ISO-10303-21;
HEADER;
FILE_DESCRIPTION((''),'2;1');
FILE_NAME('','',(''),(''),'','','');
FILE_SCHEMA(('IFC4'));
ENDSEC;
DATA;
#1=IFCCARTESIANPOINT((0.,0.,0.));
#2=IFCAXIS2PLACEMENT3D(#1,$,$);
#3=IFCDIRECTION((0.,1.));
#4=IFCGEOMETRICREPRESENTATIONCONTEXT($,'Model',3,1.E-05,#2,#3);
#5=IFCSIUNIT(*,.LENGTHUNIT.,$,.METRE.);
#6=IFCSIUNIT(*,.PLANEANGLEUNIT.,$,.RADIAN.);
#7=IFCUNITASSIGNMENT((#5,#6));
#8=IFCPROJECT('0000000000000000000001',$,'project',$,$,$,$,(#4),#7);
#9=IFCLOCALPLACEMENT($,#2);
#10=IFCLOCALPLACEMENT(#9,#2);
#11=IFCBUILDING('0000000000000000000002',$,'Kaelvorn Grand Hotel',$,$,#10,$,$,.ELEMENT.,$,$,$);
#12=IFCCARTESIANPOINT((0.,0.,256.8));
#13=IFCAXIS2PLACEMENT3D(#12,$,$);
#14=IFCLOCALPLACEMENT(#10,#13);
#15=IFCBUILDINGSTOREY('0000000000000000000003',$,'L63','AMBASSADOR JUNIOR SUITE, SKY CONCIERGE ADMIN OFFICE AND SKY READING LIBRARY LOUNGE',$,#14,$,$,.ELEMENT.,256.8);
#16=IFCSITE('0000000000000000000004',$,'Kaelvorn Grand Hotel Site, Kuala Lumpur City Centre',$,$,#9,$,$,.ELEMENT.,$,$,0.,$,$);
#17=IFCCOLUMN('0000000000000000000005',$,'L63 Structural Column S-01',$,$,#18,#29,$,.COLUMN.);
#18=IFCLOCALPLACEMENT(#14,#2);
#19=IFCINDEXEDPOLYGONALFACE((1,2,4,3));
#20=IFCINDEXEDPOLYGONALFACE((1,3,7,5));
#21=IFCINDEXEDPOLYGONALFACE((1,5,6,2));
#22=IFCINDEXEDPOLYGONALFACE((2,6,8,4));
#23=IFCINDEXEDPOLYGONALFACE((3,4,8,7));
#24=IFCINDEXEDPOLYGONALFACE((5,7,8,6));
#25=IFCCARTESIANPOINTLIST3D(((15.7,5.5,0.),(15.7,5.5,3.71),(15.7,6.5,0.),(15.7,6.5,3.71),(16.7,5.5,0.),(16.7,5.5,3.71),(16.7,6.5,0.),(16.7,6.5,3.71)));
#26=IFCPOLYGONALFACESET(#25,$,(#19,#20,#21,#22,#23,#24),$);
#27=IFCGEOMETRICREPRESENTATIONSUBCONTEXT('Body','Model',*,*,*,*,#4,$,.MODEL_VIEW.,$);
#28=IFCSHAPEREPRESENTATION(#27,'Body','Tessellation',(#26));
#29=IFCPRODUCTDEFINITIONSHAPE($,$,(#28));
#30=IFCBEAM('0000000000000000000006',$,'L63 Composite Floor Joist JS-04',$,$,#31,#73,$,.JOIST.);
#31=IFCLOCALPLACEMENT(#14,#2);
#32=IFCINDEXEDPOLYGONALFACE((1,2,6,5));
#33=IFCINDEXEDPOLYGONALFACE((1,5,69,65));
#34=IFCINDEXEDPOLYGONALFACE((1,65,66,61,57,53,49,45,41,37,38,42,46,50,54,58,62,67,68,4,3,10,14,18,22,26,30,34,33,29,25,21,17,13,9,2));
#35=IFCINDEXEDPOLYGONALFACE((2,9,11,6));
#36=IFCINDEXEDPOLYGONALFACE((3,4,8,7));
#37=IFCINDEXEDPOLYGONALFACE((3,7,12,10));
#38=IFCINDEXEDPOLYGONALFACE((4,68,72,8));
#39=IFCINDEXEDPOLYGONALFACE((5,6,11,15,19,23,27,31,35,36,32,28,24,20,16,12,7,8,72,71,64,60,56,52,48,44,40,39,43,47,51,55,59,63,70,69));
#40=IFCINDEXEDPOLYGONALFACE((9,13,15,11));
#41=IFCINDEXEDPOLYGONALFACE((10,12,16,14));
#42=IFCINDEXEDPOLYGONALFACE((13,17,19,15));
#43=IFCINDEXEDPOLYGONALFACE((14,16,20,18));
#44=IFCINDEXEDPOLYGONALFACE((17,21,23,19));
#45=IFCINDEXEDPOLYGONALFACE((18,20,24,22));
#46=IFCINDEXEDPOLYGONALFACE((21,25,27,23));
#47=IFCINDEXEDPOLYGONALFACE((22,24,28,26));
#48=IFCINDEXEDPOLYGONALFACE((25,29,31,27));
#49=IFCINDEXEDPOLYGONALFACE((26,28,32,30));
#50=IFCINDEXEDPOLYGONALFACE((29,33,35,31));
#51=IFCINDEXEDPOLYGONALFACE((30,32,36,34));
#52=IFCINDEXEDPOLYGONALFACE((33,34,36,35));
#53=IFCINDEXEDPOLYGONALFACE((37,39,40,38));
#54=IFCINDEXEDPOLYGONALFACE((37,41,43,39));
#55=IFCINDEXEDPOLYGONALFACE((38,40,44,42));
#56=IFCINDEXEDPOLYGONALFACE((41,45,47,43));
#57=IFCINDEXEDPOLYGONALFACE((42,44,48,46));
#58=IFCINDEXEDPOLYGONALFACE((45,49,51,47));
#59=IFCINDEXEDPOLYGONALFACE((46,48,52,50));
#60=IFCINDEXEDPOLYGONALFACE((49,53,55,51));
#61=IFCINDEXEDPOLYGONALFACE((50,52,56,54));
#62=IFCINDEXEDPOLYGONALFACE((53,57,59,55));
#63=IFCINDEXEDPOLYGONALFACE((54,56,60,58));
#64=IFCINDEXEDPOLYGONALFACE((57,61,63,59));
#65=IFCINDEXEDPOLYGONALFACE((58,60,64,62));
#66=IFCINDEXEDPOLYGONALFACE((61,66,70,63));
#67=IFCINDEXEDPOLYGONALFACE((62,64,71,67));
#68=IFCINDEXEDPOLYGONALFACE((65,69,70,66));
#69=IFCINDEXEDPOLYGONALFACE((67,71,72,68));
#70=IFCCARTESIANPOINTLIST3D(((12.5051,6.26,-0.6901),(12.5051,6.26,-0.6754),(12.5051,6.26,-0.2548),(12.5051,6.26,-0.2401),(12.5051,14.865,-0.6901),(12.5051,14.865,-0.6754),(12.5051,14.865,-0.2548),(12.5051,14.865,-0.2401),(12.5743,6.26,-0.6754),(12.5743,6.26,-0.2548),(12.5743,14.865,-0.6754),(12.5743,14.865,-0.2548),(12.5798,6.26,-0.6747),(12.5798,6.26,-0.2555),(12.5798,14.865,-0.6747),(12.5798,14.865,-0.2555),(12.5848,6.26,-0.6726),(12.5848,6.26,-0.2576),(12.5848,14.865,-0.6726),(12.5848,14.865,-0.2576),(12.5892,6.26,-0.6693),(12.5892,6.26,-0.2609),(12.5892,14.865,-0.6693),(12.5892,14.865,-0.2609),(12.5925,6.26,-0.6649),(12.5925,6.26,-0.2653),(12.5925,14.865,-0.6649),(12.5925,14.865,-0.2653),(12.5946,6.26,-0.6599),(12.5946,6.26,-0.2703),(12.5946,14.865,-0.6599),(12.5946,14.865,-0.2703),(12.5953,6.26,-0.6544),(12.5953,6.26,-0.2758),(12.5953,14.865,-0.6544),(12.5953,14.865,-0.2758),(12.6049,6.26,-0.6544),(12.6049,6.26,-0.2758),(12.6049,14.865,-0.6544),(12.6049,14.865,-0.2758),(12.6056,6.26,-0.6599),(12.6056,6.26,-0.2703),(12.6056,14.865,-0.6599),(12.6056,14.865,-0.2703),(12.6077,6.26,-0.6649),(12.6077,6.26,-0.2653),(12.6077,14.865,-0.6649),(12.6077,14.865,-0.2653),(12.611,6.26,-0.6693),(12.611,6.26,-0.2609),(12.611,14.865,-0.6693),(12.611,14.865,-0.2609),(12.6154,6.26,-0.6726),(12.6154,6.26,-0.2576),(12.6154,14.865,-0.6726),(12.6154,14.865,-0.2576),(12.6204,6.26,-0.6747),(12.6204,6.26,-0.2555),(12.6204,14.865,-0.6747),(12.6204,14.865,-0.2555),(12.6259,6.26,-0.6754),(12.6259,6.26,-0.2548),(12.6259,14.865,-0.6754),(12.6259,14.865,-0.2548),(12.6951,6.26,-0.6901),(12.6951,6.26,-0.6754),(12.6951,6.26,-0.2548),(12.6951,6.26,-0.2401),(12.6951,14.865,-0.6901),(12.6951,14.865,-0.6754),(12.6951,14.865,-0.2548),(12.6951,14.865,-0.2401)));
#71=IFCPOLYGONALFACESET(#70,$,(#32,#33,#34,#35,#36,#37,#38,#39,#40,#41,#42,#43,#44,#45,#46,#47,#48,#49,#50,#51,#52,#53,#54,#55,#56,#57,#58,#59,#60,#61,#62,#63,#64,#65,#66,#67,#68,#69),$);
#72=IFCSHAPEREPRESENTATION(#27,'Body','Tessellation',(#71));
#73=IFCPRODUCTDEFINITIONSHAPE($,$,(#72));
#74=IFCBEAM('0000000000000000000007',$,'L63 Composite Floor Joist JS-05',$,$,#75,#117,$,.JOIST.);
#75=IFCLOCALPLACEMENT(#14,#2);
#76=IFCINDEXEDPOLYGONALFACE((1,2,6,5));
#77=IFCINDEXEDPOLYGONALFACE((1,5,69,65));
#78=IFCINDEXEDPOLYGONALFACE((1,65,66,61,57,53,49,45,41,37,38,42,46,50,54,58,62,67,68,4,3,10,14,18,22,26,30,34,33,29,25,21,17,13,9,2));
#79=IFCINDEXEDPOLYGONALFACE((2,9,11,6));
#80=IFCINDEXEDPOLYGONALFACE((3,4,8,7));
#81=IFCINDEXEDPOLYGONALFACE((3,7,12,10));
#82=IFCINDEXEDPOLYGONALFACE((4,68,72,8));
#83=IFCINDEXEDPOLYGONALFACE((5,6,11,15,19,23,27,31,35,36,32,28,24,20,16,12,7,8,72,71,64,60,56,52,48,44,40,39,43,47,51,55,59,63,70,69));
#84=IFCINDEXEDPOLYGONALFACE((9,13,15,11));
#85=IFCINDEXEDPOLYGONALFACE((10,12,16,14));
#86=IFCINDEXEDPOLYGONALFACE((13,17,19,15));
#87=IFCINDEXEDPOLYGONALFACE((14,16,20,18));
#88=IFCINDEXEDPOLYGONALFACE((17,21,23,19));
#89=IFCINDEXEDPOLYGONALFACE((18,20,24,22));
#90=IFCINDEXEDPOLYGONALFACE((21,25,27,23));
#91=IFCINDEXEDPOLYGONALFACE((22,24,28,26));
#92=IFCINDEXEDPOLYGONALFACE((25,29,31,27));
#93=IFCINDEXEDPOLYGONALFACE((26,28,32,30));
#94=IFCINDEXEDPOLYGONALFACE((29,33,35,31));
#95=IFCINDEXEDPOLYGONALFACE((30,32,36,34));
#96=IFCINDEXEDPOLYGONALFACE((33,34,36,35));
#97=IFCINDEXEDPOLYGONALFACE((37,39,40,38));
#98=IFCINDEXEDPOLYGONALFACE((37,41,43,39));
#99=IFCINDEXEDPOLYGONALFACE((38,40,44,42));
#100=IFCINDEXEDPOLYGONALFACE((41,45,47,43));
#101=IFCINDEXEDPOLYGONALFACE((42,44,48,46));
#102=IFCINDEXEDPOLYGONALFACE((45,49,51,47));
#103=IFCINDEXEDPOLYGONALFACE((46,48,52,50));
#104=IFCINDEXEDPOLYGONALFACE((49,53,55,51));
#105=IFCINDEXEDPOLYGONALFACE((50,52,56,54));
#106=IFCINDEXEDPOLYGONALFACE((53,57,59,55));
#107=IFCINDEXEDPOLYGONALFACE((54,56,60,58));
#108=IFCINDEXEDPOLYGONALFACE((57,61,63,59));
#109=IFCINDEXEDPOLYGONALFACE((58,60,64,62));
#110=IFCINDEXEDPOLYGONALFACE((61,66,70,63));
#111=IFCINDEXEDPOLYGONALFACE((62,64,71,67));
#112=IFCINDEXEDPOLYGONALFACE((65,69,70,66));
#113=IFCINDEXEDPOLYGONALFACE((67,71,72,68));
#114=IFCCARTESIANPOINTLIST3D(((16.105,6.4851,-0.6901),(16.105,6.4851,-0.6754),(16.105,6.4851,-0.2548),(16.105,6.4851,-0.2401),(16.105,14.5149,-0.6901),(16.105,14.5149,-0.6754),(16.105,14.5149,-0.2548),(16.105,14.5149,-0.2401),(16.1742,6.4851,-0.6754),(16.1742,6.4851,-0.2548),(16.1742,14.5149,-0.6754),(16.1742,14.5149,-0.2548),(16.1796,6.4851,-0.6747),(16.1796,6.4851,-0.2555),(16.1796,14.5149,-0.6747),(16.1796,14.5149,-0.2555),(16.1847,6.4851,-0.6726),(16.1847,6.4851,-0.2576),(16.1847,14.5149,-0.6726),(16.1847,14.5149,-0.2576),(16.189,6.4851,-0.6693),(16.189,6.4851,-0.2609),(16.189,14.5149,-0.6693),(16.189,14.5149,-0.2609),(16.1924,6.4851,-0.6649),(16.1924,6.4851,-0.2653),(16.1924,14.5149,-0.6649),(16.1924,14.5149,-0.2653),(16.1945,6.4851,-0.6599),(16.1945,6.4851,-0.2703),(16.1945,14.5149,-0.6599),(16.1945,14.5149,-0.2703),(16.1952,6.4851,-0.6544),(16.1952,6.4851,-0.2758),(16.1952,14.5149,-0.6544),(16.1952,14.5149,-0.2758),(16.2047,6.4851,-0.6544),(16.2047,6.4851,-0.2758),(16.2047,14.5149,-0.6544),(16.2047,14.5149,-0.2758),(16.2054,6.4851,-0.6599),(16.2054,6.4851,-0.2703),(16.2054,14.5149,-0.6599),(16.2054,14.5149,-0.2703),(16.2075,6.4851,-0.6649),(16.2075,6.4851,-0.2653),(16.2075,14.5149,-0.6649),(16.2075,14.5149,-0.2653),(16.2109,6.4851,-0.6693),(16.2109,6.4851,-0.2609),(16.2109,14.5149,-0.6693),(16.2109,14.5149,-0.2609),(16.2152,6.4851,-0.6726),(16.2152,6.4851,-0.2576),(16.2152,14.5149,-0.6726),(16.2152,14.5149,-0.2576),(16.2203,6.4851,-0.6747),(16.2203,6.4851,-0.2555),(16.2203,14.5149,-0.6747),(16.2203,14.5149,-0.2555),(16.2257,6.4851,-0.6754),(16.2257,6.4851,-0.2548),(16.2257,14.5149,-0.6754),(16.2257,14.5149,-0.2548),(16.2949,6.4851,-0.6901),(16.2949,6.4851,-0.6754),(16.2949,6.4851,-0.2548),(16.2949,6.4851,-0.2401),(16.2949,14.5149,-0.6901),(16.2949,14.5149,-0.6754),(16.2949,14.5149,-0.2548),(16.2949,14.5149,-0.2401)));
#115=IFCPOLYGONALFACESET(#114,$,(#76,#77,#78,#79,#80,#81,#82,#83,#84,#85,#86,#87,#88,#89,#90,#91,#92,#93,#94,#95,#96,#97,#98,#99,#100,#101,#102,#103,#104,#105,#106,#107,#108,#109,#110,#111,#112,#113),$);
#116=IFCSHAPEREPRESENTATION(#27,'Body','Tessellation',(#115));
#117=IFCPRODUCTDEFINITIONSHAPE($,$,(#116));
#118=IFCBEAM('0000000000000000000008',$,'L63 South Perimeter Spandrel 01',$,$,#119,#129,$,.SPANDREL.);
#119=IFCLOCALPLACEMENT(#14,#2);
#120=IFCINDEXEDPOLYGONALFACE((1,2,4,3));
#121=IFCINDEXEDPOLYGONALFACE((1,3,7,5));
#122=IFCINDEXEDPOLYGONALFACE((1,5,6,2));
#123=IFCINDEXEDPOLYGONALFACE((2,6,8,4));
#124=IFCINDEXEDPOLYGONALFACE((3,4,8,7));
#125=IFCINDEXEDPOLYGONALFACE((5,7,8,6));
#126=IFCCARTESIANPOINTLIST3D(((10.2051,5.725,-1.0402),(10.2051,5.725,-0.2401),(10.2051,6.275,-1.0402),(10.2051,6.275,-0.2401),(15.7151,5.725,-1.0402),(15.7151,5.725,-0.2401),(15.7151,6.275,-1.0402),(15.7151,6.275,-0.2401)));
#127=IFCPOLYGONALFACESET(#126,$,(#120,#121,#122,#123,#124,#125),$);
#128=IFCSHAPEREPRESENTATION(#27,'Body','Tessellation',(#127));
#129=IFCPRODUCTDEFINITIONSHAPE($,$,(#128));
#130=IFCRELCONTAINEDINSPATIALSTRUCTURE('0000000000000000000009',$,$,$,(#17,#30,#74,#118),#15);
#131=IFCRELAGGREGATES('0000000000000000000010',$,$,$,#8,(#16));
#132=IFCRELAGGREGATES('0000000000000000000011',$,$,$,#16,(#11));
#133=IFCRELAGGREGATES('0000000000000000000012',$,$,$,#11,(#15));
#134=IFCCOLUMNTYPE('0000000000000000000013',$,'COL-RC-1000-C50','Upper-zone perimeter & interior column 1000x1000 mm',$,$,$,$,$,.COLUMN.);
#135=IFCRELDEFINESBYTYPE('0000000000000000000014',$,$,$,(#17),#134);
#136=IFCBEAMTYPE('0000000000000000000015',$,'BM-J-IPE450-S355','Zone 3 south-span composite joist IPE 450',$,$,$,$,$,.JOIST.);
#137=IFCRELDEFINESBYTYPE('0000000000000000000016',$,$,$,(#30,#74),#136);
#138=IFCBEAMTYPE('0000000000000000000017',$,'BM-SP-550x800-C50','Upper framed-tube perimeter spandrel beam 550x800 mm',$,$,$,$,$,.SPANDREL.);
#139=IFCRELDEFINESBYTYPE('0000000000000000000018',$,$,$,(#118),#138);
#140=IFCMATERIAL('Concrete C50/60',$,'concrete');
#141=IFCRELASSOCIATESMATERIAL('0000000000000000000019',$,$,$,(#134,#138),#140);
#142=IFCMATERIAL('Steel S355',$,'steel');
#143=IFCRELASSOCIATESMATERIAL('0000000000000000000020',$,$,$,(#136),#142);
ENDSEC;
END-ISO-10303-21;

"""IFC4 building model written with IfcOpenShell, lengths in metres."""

from ifc_helpers import new_model, si_unit, direction, frame, origin, origin_2d, place, context, subcontext, project, spatial, rectangle, i_section, extrude, material, material_profile, profile_set, type_object, element, save


model = new_model("IFC4")

# Units and contexts
model_context = context("Model", 3, precision=1e-05, world=origin(), true_north=direction((0.0, 1.0)))
body_context = subcontext(model_context, "Body", "Model", "MODEL_VIEW")
ifc_project = project(units=[si_unit("LENGTHUNIT", "METRE"), si_unit("PLANEANGLEUNIT", "RADIAN")], contexts=[model_context])

# Site, building, storey
site_placement = place(None, origin())
site = spatial("IfcSite", under=ifc_project, at=site_placement, Name="Kaelvorn Grand Hotel Site, Kuala Lumpur City Centre", CompositionType="ELEMENT", RefElevation=0.0)
building_placement = place(site_placement, origin())
building = spatial("IfcBuilding", under=site, at=building_placement, Name="Kaelvorn Grand Hotel", CompositionType="ELEMENT")
storey_placement = place(building_placement, frame((0.0, 0.0, 256.8)))
storey = spatial("IfcBuildingStorey", under=building, at=storey_placement, Name="L63", Description="AMBASSADOR JUNIOR SUITE, SKY CONCIERGE ADMIN OFFICE AND SKY READING LIBRARY LOUNGE", CompositionType="ELEMENT", Elevation=256.8)

# Column
ifc_material_1 = material(Name="Concrete C50/60", Category="concrete")
ifc_material_profile_1 = material_profile(ifc_material_1, rectangle(XDim=1.0, YDim=1.0, at=origin_2d()), Name="RC COL 1000x1000")
ifc_profile_set_1 = profile_set([ifc_material_profile_1], Name="Concrete C50/60")
column_type = type_object("IfcColumnType", Name="COL-RC-1000-C50", Description="Upper-zone perimeter & interior column 1000x1000 mm", PredefinedType="COLUMN", material=ifc_profile_set_1)
column_placement = place(storey_placement, frame((16.2, 6.0, 0.0), z_axis=(0.0, 0.0, 1.0), x_axis=(1.0, 0.0, 0.0)))
element("IfcColumn", 1, at=column_placement, inside=storey, type_object=column_type, Name="L63 Structural Column S-01", PredefinedType="COLUMN", context=body_context, shape_type="SweptSolid", body=[
    extrude(rectangle(XDim=1.0, YDim=1.0, at=origin_2d()), origin(), (0.0, 0.0, 1.0), 3.71),
])

# Beams
ifc_material_2 = material(Name="Steel S355", Category="steel")
ifc_material_profile_2 = material_profile(ifc_material_2, i_section(OverallWidth=0.1899, OverallDepth=0.45, WebThickness=0.0095, FlangeThickness=0.0146, FilletRadius=0.021, at=origin_2d()), Name="IPE 450")
ifc_profile_set_2 = profile_set([ifc_material_profile_2], Name="Steel S355")
beam_type_1 = type_object("IfcBeamType", Name="BM-J-IPE450-S355", Description="Zone 3 south-span composite joist IPE 450", PredefinedType="JOIST", material=ifc_profile_set_2)
beam_1_placement = place(storey_placement, frame((12.6001, 6.26, -0.4651), z_axis=(0.0, 1.0, 0.0), x_axis=(-1.0, 0.0, 0.0)))
element("IfcBeam", 2, at=beam_1_placement, inside=storey, type_object=beam_type_1, Name="L63 Composite Floor Joist JS-04", PredefinedType="JOIST", context=body_context, shape_type="SweptSolid", body=[
    extrude(i_section(OverallWidth=0.1899, OverallDepth=0.45, WebThickness=0.0095, FlangeThickness=0.0146, FilletRadius=0.021, at=origin_2d()), origin(), (0.0, 0.0, 1.0), 8.605),
])
beam_2_placement = place(storey_placement, frame((16.2, 6.4851, -0.4651), z_axis=(0.0, 1.0, 0.0), x_axis=(-1.0, 0.0, 0.0)))
element("IfcBeam", 3, at=beam_2_placement, inside=storey, type_object=beam_type_1, Name="L63 Composite Floor Joist JS-05", PredefinedType="JOIST", context=body_context, shape_type="SweptSolid", body=[
    extrude(i_section(OverallWidth=0.1899, OverallDepth=0.45, WebThickness=0.0095, FlangeThickness=0.0146, FilletRadius=0.021, at=origin_2d()), origin(), (0.0, 0.0, 1.0), 8.0298),
])
ifc_material_profile_3 = material_profile(ifc_material_1, rectangle(XDim=0.55, YDim=0.8, at=origin_2d()), Name="RC SPANDREL 550x800")
ifc_profile_set_3 = profile_set([ifc_material_profile_3], Name="Concrete C50/60")
beam_type_2 = type_object("IfcBeamType", Name="BM-SP-550x800-C50", Description="Upper framed-tube perimeter spandrel beam 550x800 mm", PredefinedType="SPANDREL", material=ifc_profile_set_3)
beam_3_placement = place(storey_placement, frame((10.2051, 6.0, -0.6401), z_axis=(1.0, 0.0, 0.0), x_axis=(0.0, 1.0, 0.0)))
element("IfcBeam", 4, at=beam_3_placement, inside=storey, type_object=beam_type_2, Name="L63 South Perimeter Spandrel 01", PredefinedType="SPANDREL", context=body_context, shape_type="SweptSolid", body=[
    extrude(rectangle(XDim=0.55, YDim=0.8, at=origin_2d()), origin(), (0.0, 0.0, 1.0), 5.51),
])

save(model, "model.ifc")
